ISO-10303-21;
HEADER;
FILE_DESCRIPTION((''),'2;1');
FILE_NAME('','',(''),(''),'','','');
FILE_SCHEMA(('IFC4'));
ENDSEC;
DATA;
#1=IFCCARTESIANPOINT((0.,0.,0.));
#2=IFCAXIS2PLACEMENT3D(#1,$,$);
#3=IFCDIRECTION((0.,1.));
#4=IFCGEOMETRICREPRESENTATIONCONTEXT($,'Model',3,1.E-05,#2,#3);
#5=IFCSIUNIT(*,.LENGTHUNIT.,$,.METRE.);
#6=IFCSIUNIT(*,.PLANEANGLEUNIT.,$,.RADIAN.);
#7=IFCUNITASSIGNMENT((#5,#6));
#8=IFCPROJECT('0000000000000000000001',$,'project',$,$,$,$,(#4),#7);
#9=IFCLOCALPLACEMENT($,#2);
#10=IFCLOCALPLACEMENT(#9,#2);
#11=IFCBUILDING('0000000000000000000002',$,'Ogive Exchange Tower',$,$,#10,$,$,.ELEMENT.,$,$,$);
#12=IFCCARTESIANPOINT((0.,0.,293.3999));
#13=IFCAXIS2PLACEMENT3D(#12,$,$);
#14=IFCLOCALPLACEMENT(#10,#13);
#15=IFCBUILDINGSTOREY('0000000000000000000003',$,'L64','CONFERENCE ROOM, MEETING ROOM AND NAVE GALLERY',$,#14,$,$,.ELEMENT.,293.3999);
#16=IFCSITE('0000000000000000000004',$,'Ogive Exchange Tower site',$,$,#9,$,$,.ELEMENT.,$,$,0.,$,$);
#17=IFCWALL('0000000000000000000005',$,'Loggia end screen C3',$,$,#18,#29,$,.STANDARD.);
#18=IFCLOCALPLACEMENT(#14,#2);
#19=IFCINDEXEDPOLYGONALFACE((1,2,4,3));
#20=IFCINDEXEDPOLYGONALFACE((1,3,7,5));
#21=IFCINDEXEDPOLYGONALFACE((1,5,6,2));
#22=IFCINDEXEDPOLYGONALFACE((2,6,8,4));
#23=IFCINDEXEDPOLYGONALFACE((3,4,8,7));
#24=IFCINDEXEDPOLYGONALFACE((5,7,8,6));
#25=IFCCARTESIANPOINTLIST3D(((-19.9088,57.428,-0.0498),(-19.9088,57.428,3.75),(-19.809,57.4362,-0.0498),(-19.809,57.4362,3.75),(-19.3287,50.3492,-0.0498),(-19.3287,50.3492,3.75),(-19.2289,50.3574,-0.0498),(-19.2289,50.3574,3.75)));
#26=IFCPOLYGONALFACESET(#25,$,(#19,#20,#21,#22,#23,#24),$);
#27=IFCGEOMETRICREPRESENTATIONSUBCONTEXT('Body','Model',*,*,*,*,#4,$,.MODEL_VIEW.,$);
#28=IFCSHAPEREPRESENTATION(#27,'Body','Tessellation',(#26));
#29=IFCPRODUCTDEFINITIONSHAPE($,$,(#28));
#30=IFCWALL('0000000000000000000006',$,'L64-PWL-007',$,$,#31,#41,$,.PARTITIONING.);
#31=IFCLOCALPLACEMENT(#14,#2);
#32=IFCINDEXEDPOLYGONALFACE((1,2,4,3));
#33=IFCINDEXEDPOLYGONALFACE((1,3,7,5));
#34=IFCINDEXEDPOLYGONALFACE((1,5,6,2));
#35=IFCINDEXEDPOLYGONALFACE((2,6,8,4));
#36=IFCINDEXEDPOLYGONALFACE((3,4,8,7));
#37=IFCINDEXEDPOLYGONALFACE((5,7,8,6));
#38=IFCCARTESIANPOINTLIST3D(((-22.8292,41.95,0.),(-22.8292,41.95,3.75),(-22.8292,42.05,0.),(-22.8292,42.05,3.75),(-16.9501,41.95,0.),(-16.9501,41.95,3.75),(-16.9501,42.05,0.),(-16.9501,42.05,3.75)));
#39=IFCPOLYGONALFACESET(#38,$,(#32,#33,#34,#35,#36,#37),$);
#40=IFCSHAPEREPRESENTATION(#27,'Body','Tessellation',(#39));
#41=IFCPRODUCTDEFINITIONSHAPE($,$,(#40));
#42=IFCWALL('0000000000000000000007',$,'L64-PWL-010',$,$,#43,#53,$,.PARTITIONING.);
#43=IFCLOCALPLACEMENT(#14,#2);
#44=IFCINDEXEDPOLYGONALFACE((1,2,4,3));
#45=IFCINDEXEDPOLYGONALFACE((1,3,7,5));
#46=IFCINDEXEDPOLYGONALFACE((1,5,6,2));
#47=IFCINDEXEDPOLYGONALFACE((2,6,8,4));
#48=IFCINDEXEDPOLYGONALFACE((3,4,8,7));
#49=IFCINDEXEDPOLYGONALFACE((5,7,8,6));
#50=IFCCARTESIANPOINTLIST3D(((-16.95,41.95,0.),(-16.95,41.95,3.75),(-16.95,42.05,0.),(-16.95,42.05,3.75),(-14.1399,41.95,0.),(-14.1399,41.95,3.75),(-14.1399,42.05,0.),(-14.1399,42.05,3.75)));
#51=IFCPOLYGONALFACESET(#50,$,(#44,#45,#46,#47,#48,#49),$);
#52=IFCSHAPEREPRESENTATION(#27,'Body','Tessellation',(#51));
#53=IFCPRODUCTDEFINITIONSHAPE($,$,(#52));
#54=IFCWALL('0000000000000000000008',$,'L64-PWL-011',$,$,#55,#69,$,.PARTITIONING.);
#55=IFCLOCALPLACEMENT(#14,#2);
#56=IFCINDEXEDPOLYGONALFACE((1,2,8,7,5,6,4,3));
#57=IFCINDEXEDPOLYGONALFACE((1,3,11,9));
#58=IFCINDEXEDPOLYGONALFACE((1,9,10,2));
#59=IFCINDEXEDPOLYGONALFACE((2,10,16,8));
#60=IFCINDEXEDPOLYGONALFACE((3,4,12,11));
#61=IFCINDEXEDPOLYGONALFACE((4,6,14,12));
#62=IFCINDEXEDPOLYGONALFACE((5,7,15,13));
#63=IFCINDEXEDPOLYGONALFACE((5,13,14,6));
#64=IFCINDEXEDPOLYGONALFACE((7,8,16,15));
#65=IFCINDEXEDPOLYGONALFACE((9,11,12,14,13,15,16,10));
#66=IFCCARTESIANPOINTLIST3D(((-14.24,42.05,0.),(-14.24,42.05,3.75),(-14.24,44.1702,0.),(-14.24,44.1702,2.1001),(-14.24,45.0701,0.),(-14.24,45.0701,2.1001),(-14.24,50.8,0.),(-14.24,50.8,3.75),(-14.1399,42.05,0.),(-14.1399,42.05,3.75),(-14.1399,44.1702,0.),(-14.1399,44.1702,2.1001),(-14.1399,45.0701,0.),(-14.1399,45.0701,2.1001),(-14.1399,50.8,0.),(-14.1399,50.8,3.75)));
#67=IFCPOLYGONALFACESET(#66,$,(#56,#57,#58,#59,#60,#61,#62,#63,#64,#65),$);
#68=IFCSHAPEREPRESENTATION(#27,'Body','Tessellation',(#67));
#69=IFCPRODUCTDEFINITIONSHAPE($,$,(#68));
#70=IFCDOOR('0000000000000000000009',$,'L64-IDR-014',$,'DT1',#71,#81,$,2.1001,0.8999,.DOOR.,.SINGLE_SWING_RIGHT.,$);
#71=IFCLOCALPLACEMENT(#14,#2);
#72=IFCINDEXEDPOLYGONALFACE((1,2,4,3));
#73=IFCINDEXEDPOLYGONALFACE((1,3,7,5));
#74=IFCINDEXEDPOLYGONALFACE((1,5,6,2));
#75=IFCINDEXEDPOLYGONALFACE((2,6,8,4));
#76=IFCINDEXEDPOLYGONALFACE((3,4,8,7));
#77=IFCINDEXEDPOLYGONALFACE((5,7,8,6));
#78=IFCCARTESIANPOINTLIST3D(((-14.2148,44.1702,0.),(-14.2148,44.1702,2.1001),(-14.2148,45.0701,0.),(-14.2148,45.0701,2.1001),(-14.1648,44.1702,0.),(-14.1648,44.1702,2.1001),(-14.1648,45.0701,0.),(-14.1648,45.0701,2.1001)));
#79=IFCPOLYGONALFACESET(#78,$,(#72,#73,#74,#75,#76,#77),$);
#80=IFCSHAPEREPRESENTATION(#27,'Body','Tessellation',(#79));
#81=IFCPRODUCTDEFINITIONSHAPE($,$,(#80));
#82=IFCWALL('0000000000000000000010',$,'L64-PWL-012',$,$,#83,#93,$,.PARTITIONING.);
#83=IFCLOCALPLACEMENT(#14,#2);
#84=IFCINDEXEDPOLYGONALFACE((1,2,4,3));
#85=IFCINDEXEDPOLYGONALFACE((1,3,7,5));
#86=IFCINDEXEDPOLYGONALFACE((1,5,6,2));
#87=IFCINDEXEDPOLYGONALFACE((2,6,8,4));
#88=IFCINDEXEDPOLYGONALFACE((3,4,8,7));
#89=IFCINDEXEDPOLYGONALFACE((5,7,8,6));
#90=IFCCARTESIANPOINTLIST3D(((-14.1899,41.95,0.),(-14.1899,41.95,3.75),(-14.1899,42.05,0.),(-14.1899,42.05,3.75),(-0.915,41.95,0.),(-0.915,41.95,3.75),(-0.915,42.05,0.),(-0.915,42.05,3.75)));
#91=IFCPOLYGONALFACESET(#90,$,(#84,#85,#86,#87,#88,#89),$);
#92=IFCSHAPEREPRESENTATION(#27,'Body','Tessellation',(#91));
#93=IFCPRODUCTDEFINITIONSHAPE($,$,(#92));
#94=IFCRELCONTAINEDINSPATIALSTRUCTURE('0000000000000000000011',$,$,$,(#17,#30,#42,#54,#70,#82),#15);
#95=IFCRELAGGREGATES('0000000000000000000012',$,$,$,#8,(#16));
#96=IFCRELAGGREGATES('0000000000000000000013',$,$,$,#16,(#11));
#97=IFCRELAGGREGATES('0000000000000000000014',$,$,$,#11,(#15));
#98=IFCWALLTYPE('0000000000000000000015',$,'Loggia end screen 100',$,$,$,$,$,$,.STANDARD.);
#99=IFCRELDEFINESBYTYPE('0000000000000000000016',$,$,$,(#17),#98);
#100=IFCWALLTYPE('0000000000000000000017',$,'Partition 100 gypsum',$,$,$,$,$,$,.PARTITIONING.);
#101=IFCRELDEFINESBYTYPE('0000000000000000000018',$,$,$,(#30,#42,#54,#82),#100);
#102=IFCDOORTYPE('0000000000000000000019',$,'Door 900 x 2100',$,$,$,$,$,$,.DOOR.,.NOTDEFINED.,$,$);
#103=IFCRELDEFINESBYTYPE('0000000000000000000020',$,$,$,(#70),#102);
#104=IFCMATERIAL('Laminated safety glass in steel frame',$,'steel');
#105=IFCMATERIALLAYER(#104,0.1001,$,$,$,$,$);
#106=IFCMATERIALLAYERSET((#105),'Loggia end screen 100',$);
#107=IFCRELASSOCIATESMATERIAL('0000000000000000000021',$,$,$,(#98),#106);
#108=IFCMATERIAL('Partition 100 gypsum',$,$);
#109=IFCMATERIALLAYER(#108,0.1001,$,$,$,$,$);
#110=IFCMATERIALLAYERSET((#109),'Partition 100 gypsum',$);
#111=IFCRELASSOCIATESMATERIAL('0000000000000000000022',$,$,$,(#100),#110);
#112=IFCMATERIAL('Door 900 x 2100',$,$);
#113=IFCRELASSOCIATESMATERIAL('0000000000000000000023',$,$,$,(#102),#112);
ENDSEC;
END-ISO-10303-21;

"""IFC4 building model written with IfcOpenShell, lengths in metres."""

from ifc_helpers import new_model, si_unit, direction, frame, frame_2d, origin, place, context, subcontext, project, spatial, rectangle, extrude, material, layer, layer_set, type_object, element, fill, save


model = new_model("IFC4")

# Units and contexts
model_context = context("Model", 3, precision=1e-05, world=origin(), true_north=direction((0.0, 1.0)))
body_context = subcontext(model_context, "Body", "Model", "MODEL_VIEW")
ifc_project = project(units=[si_unit("LENGTHUNIT", "METRE"), si_unit("PLANEANGLEUNIT", "RADIAN")], contexts=[model_context])

# Site, building, storey
site_placement = place(None, origin())
site = spatial("IfcSite", under=ifc_project, at=site_placement, Name="Ogive Exchange Tower site", CompositionType="ELEMENT", RefElevation=0.0)
building_placement = place(site_placement, origin())
building = spatial("IfcBuilding", under=site, at=building_placement, Name="Ogive Exchange Tower", CompositionType="ELEMENT")
storey_placement = place(building_placement, frame((0.0, 0.0, 293.3999)))
storey = spatial("IfcBuildingStorey", under=building, at=storey_placement, Name="L64", Description="CONFERENCE ROOM, MEETING ROOM AND NAVE GALLERY", CompositionType="ELEMENT", Elevation=293.3999)

# Walls
ifc_material_1 = material(Name="Laminated safety glass in steel frame", Category="steel")
ifc_layer_1 = layer(ifc_material_1, 0.1001)
ifc_layer_set_1 = layer_set([ifc_layer_1], Name="Loggia end screen 100")
wall_type_1 = type_object("IfcWallType", Name="Loggia end screen 100", PredefinedType="STANDARD", material=ifc_layer_set_1)
wall_1_placement = place(storey_placement, frame((-19.2788, 50.3533, -0.0498), z_axis=(0.0, 0.0, 1.0), x_axis=(-0.081671, 0.996659, 0.0)))
element("IfcWall", 1, at=wall_1_placement, inside=storey, type_object=wall_type_1, Name="Loggia end screen C3", PredefinedType="STANDARD", context=body_context, shape_type="SweptSolid", body=[
    extrude(rectangle(XDim=7.1025, YDim=0.1001, at=frame_2d((3.5513, 0.0))), origin(), (0.0, 0.0, 1.0), 3.7998),
])
ifc_material_2 = material(Name="Partition 100 gypsum")
ifc_layer_2 = layer(ifc_material_2, 0.1001)
ifc_layer_set_2 = layer_set([ifc_layer_2], Name="Partition 100 gypsum")
wall_type_2 = type_object("IfcWallType", Name="Partition 100 gypsum", PredefinedType="PARTITIONING", material=ifc_layer_set_2)
wall_2_placement = place(storey_placement, frame((-22.8291, 42.0, 0.0), z_axis=(0.0, 0.0, 1.0), x_axis=(1.0, 0.0, 0.0)))
element("IfcWall", 2, at=wall_2_placement, inside=storey, type_object=wall_type_2, Name="L64-PWL-007", PredefinedType="PARTITIONING", context=body_context, shape_type="SweptSolid", body=[
    extrude(rectangle(XDim=5.8792, YDim=0.1001, at=frame_2d((2.9395, 0.0))), origin(), (0.0, 0.0, 1.0), 3.75),
])
wall_3_placement = place(storey_placement, frame((-16.95, 42.0, 0.0), z_axis=(0.0, 0.0, 1.0), x_axis=(1.0, 0.0, 0.0)))
element("IfcWall", 3, at=wall_3_placement, inside=storey, type_object=wall_type_2, Name="L64-PWL-010", PredefinedType="PARTITIONING", context=body_context, shape_type="SweptSolid", body=[
    extrude(rectangle(XDim=2.8101, YDim=0.1001, at=frame_2d((1.405, 0.0))), origin(), (0.0, 0.0, 1.0), 3.75),
])

# Wall, opening, door
wall_4_placement = place(storey_placement, frame((-14.1899, 42.05, 0.0), z_axis=(0.0, 0.0, 1.0), x_axis=(0.0, 1.0, 0.0)))
wall_4 = element("IfcWall", 4, at=wall_4_placement, inside=storey, type_object=wall_type_2, Name="L64-PWL-011", PredefinedType="PARTITIONING", context=body_context, shape_type="SweptSolid", body=[
    extrude(rectangle(XDim=8.75, YDim=0.1001, at=frame_2d((4.375, 0.0))), origin(), (0.0, 0.0, 1.0), 3.75),
])
opening_1_placement = place(wall_4_placement, frame((2.1201, 0.0, 0.0)))
opening_1 = element("IfcOpeningElement", 5, at=opening_1_placement, cuts=wall_4, PredefinedType="OPENING", context=body_context, shape_type="SweptSolid", body=[
    extrude(rectangle(XDim=0.8999, YDim=2.1001, at=frame_2d((0.45, 1.05))), frame((0.0, 0.0601, 0.0), z_axis=(0.0, -1.0, 0.0), x_axis=(1.0, 0.0, 0.0)), (0.0, 0.0, 1.0), 0.1201),
])
ifc_material_3 = material(Name="Door 900 x 2100")
door_type_1 = type_object("IfcDoorType", Name="Door 900 x 2100", OperationType="NOTDEFINED", PredefinedType="DOOR", material=ifc_material_3)
door_1_placement = place(opening_1_placement, origin())
door_1 = element("IfcDoor", 6, at=door_1_placement, inside=storey, type_object=door_type_1, Name="L64-IDR-014", ObjectType="DT1", OperationType="SINGLE_SWING_RIGHT", OverallHeight=2.1001, OverallWidth=0.8999, PredefinedType="DOOR", context=body_context, shape_type="SweptSolid", body=[
    extrude(rectangle(XDim=0.8999, YDim=2.1001, at=frame_2d((0.45, 1.05))), frame((0.0, 0.0249, 0.0), z_axis=(0.0, -1.0, 0.0), x_axis=(1.0, 0.0, 0.0)), (0.0, 0.0, 1.0), 0.05),
])
fill(opening_1, door_1)

# Wall
wall_5_placement = place(storey_placement, frame((-14.1899, 42.0, 0.0), z_axis=(0.0, 0.0, 1.0), x_axis=(1.0, 0.0, 0.0)))
element("IfcWall", 7, at=wall_5_placement, inside=storey, type_object=wall_type_2, Name="L64-PWL-012", PredefinedType="PARTITIONING", context=body_context, shape_type="SweptSolid", body=[
    extrude(rectangle(XDim=13.2749, YDim=0.1001, at=frame_2d((6.6375, 0.0))), origin(), (0.0, 0.0, 1.0), 3.75),
])

save(model, "model.ifc")
